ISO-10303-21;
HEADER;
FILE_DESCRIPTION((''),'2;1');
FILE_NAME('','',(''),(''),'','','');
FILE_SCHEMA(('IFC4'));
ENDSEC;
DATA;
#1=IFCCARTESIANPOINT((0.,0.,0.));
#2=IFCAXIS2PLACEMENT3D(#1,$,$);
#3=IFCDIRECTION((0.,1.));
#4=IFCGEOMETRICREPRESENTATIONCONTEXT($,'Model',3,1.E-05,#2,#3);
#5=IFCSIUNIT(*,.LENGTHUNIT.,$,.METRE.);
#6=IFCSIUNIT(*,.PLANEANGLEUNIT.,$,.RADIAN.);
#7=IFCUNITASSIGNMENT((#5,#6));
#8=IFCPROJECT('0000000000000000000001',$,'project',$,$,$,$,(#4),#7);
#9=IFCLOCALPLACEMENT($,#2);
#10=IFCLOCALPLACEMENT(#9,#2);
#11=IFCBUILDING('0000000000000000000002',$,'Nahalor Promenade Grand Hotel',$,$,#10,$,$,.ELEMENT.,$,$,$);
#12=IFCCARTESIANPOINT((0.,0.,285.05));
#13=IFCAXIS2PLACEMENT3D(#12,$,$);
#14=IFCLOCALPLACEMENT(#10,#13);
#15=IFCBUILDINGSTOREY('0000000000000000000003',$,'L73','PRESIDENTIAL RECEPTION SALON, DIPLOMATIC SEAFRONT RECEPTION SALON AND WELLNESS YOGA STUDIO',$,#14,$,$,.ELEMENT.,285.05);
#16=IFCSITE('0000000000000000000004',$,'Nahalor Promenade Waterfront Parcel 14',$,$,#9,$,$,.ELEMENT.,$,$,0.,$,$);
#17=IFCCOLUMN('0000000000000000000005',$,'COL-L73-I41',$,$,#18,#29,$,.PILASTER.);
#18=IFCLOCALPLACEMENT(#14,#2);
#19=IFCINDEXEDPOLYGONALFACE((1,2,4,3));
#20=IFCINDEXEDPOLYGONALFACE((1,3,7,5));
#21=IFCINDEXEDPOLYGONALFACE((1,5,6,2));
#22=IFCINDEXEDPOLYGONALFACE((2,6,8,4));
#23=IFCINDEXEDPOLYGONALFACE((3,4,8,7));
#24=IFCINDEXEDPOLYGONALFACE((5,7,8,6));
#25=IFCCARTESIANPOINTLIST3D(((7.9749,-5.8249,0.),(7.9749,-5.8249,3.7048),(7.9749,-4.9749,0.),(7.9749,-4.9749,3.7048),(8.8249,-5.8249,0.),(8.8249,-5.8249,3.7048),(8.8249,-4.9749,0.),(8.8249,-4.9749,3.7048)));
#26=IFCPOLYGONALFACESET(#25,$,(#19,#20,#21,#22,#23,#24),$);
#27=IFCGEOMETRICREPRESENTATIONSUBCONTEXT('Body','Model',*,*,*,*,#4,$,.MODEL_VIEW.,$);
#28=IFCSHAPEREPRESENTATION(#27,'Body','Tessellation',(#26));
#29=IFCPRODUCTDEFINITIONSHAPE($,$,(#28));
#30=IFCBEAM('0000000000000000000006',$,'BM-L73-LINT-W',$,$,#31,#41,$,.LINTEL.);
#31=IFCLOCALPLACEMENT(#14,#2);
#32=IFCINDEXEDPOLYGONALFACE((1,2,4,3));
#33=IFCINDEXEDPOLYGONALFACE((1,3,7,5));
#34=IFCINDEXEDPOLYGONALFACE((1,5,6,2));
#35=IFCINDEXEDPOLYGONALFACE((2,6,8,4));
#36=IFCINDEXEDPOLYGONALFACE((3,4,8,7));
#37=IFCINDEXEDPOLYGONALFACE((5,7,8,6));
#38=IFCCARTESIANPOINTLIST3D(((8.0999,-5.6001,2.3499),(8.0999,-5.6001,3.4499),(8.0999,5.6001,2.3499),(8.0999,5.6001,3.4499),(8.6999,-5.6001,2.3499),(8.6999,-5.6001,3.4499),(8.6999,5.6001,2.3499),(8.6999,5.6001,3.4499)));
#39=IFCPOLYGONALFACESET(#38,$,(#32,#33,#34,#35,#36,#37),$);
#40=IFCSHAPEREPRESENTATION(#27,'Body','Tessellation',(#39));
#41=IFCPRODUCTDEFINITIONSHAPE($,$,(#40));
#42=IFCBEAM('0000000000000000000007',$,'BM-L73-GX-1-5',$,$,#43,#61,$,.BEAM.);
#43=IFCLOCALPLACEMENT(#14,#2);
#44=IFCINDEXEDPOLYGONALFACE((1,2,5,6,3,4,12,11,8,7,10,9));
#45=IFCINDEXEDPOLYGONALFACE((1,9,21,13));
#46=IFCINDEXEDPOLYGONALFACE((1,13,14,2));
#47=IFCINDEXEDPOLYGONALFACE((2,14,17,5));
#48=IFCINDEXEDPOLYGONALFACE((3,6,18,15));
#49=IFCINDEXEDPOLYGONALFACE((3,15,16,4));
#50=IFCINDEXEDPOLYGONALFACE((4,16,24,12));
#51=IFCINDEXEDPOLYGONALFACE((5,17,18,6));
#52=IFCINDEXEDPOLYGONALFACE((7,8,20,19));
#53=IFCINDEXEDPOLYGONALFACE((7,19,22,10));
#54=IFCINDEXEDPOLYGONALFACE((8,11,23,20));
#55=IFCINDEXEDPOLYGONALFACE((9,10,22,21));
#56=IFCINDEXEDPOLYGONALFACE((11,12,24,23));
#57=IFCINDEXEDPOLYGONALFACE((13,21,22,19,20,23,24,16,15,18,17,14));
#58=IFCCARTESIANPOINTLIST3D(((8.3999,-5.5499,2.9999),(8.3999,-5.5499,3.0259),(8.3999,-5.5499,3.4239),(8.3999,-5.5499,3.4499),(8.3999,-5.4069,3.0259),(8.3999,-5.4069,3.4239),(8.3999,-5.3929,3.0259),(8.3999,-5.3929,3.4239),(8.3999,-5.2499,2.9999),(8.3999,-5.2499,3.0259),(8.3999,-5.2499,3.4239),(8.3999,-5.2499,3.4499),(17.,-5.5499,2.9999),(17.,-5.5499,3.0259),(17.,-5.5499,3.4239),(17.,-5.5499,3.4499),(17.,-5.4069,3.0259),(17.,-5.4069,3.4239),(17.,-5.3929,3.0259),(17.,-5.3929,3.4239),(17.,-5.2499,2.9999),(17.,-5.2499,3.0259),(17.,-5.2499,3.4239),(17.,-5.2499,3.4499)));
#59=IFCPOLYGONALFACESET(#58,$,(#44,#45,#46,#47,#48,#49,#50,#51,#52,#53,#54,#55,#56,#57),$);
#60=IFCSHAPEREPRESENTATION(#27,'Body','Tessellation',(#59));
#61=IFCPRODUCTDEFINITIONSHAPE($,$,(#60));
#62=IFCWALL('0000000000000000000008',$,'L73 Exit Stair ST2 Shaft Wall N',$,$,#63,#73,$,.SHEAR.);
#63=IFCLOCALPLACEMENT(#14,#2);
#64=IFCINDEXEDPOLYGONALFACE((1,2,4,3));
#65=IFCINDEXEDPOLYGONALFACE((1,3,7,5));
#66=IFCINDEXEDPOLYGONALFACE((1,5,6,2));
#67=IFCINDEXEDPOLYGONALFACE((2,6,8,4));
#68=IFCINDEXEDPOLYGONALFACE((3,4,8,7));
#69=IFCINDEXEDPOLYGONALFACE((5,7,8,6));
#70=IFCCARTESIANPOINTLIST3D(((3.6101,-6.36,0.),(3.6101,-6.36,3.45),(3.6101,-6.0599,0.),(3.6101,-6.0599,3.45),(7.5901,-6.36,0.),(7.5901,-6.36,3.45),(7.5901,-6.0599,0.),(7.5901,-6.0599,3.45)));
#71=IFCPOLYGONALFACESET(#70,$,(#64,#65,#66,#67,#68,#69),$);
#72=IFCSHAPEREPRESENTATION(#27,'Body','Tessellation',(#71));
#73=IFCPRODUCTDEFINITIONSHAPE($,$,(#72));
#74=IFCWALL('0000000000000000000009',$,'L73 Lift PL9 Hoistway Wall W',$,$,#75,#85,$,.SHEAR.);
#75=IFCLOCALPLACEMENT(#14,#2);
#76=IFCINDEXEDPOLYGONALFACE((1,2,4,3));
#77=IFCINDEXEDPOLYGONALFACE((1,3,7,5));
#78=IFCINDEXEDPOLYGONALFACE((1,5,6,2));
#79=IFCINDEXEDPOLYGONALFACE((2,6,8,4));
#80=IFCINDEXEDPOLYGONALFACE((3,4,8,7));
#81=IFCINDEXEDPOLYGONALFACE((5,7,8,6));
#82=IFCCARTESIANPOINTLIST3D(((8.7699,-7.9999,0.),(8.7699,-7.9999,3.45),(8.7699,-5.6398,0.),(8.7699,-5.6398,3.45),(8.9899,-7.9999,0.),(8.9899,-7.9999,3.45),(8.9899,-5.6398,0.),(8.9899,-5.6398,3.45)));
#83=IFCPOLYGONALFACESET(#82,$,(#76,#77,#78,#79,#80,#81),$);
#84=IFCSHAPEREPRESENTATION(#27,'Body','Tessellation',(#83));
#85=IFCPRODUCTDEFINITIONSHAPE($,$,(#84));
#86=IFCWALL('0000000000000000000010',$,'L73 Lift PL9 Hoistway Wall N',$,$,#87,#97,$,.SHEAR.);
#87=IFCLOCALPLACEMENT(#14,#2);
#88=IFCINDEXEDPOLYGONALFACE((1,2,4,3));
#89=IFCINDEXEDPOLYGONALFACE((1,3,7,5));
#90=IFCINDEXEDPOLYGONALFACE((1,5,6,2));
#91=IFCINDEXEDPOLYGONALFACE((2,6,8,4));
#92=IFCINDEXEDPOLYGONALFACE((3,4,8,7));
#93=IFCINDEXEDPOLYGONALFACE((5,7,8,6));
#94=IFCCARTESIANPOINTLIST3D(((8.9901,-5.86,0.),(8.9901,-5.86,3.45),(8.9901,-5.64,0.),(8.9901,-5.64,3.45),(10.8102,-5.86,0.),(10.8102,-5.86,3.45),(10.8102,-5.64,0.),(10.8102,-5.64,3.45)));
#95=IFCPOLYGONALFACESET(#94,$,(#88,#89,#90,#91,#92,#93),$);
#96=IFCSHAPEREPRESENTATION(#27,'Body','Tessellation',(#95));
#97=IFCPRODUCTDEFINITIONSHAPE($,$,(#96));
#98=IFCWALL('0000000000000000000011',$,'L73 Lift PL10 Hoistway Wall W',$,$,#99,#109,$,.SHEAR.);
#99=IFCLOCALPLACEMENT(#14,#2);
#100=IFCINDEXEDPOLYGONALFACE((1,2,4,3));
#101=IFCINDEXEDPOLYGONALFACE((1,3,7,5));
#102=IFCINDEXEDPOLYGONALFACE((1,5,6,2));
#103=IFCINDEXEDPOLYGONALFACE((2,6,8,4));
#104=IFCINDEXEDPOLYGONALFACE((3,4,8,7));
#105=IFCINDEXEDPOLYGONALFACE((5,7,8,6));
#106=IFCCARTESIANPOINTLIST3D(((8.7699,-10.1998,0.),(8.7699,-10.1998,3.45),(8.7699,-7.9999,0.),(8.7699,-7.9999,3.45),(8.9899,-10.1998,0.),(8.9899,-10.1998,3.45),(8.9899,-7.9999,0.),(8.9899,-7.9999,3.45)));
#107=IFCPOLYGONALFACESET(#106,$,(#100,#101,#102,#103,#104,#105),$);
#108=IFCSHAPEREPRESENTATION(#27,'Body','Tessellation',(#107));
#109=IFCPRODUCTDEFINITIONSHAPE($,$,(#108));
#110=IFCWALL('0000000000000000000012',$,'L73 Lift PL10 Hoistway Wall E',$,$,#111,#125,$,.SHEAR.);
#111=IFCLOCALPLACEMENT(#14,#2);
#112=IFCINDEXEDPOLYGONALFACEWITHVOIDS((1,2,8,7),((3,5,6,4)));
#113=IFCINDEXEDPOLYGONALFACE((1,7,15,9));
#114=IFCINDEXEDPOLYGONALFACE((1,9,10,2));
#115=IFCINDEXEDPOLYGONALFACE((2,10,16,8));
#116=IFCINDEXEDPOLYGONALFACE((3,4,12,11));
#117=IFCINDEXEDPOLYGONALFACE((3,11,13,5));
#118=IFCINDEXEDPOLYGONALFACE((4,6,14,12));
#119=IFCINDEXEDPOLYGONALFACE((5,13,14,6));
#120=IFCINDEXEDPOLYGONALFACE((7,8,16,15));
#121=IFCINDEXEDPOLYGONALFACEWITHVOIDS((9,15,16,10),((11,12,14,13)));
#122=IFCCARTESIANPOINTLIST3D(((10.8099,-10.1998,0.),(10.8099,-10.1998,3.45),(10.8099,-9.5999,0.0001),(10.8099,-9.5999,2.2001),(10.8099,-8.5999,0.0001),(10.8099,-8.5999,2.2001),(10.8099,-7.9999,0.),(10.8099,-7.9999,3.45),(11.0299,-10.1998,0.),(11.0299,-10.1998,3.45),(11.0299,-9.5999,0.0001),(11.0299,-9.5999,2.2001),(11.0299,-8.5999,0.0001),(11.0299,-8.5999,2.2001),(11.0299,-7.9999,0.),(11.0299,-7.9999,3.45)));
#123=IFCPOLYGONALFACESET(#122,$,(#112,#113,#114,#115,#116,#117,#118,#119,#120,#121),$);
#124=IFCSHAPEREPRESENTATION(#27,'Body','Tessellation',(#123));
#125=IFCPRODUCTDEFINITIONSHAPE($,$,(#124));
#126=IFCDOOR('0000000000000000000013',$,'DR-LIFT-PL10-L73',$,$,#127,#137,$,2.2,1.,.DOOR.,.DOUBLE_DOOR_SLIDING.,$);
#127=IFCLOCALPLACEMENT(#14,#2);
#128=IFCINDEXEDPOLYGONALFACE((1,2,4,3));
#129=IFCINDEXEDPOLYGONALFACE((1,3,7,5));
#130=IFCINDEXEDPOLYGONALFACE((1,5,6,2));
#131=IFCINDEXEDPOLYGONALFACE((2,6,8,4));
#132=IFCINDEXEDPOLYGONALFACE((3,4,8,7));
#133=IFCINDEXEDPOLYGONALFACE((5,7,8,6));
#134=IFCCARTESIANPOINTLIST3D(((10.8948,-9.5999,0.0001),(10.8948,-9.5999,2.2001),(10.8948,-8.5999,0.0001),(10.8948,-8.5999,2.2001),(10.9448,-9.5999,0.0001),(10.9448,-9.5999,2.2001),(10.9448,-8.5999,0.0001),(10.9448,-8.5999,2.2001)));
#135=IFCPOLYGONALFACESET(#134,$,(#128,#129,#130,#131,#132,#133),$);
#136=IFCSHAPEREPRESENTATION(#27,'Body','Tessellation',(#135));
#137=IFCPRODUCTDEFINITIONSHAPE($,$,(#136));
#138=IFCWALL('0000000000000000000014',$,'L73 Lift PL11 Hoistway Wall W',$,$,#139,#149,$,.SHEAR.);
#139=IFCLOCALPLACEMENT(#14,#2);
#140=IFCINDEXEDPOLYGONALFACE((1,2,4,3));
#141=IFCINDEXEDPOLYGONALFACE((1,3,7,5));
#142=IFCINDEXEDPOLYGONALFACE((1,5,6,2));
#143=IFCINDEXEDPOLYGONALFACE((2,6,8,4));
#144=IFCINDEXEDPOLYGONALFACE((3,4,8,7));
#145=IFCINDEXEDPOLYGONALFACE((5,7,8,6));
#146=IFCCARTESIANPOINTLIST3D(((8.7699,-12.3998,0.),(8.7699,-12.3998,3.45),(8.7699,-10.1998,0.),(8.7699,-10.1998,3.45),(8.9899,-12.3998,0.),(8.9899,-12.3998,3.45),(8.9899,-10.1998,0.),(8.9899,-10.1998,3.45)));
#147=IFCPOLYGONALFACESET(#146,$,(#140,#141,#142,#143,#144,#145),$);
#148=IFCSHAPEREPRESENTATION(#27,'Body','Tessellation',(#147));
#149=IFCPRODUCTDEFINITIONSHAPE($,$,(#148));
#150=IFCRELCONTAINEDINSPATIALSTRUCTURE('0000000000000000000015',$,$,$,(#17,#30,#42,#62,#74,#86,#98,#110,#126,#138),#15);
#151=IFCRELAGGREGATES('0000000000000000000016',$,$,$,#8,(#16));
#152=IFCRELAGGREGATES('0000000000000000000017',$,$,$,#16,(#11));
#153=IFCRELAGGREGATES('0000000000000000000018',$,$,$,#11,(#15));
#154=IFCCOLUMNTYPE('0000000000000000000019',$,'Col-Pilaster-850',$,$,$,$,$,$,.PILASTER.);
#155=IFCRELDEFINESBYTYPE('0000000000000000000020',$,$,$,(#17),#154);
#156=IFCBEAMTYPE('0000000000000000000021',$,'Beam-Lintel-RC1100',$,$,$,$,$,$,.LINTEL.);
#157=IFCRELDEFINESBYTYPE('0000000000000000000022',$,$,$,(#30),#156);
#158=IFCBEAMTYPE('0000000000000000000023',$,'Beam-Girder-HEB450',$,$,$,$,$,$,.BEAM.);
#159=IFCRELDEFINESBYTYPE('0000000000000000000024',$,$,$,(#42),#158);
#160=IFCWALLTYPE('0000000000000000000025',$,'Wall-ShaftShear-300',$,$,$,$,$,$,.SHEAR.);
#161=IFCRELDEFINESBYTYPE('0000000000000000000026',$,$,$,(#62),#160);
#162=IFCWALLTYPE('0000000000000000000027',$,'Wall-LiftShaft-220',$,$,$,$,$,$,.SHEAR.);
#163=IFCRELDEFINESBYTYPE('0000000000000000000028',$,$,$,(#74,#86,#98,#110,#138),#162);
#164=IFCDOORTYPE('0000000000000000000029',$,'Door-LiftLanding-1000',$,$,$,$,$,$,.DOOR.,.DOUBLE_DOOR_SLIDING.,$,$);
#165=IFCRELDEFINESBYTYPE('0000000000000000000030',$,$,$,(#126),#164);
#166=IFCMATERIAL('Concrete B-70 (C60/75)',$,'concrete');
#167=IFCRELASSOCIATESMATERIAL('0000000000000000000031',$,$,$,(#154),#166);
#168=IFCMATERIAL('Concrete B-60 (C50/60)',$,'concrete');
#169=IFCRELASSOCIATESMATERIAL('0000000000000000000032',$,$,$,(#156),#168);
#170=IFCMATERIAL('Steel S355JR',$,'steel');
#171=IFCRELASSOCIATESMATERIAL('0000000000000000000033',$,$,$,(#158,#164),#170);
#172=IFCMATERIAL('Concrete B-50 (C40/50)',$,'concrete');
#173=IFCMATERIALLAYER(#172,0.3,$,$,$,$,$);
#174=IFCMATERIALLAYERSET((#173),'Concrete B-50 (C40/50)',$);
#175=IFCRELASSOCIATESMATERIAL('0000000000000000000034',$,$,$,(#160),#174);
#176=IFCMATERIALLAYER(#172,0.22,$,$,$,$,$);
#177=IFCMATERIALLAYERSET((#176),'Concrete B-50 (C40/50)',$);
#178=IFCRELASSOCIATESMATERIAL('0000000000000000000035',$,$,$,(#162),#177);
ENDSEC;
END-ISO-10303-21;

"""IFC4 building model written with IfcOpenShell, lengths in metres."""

from ifc_helpers import new_model, si_unit, direction, frame, frame_2d, origin, origin_2d, place, context, subcontext, project, spatial, rectangle, i_section, extrude, source, transform, mapped, material, layer, layer_set, material_profile, profile_set, type_object, element, fill, save


model = new_model("IFC4")

# Units and contexts
model_context = context("Model", 3, precision=1e-05, world=origin(), true_north=direction((0.0, 1.0)))
body_context = subcontext(model_context, "Body", "Model", "MODEL_VIEW")
ifc_project = project(units=[si_unit("LENGTHUNIT", "METRE"), si_unit("PLANEANGLEUNIT", "RADIAN")], contexts=[model_context])

# Site, building, storey
site_placement = place(None, origin())
site = spatial("IfcSite", under=ifc_project, at=site_placement, Name="Nahalor Promenade Waterfront Parcel 14", CompositionType="ELEMENT", RefElevation=0.0)
building_placement = place(site_placement, origin())
building = spatial("IfcBuilding", under=site, at=building_placement, Name="Nahalor Promenade Grand Hotel", CompositionType="ELEMENT")
storey_placement = place(building_placement, frame((0.0, 0.0, 285.05)))
storey = spatial("IfcBuildingStorey", under=building, at=storey_placement, Name="L73", Description="PRESIDENTIAL RECEPTION SALON, DIPLOMATIC SEAFRONT RECEPTION SALON AND WELLNESS YOGA STUDIO", CompositionType="ELEMENT", Elevation=285.05)

# Column
ifc_material_1 = material(Name="Concrete B-70 (C60/75)", Category="concrete")
ifc_material_profile_1 = material_profile(ifc_material_1, rectangle(XDim=0.85, YDim=0.85, at=origin_2d()), Name="RC 850x850")
ifc_profile_set_1 = profile_set([ifc_material_profile_1], Name="Concrete B-70 (C60/75)")
column_type = type_object("IfcColumnType", Name="Col-Pilaster-850", PredefinedType="PILASTER", material=ifc_profile_set_1)
shared_shape_1 = source(origin(), body_context, "Body", "SweptSolid", [
    extrude(rectangle(XDim=0.85, YDim=0.85, at=origin_2d()), origin(), (0.0, 0.0, 1.0), 3.7048),
])
column_placement = place(storey_placement, frame((8.3999, -5.3999, 0.0), z_axis=(0.0, 0.0, 1.0), x_axis=(1.0, 0.0, 0.0)))
element("IfcColumn", 1, at=column_placement, inside=storey, type_object=column_type, Name="COL-L73-I41", PredefinedType="PILASTER", context=body_context, shape_type="MappedRepresentation", body=[
    mapped(shared_shape_1, transform((0.0, 0.0, 0.0), scale=1.0)),
])

# Beams
ifc_material_2 = material(Name="Concrete B-60 (C50/60)", Category="concrete")
ifc_material_profile_2 = material_profile(ifc_material_2, rectangle(XDim=0.6, YDim=1.1, at=origin_2d()), Name="RC 600x1100")
ifc_profile_set_2 = profile_set([ifc_material_profile_2], Name="Concrete B-60 (C50/60)")
beam_type_1 = type_object("IfcBeamType", Name="Beam-Lintel-RC1100", PredefinedType="LINTEL", material=ifc_profile_set_2)
shared_shape_2 = source(origin(), body_context, "Body", "SweptSolid", [
    extrude(rectangle(XDim=0.6, YDim=1.1, at=origin_2d()), origin(), (0.0, 0.0, 1.0), 11.2002),
])
beam_1_placement = place(storey_placement, frame((8.3999, -5.6001, 2.8999), z_axis=(0.0, 1.0, 0.0), x_axis=(-1.0, 0.0, 0.0)))
element("IfcBeam", 2, at=beam_1_placement, inside=storey, type_object=beam_type_1, Name="BM-L73-LINT-W", PredefinedType="LINTEL", context=body_context, shape_type="MappedRepresentation", body=[
    mapped(shared_shape_2, transform((0.0, 0.0, 0.0), scale=1.0)),
])
ifc_material_3 = material(Name="Steel S355JR", Category="steel")
ifc_material_profile_3 = material_profile(ifc_material_3, i_section(OverallWidth=0.3, OverallDepth=0.45, WebThickness=0.014, FlangeThickness=0.026, at=origin_2d()), Name="HEB 450")
ifc_profile_set_3 = profile_set([ifc_material_profile_3], Name="Steel S355JR")
beam_type_2 = type_object("IfcBeamType", Name="Beam-Girder-HEB450", PredefinedType="BEAM", material=ifc_profile_set_3)
shared_shape_3 = source(origin(), body_context, "Body", "SweptSolid", [
    extrude(i_section(OverallWidth=0.3, OverallDepth=0.45, WebThickness=0.014, FlangeThickness=0.026, at=origin_2d()), origin(), (0.0, 0.0, 1.0), 8.6001),
])
beam_2_placement = place(storey_placement, frame((8.3999, -5.3999, 3.2249), z_axis=(1.0, 0.0, 0.0), x_axis=(0.0, 1.0, 0.0)))
element("IfcBeam", 3, at=beam_2_placement, inside=storey, type_object=beam_type_2, Name="BM-L73-GX-1-5", PredefinedType="BEAM", context=body_context, shape_type="MappedRepresentation", body=[
    mapped(shared_shape_3, transform((0.0, 0.0, 0.0), scale=1.0)),
])

# Walls
ifc_material_4 = material(Name="Concrete B-50 (C40/50)", Category="concrete")
ifc_layer_1 = layer(ifc_material_4, 0.3)
ifc_layer_set_1 = layer_set([ifc_layer_1], Name="Concrete B-50 (C40/50)")
wall_type_1 = type_object("IfcWallType", Name="Wall-ShaftShear-300", PredefinedType="SHEAR", material=ifc_layer_set_1)
shared_shape_4 = source(origin(), body_context, "Body", "SweptSolid", [
    extrude(rectangle(XDim=3.98, YDim=0.3, at=frame_2d((1.99, 0.0))), origin(), (0.0, 0.0, 1.0), 3.45),
])
wall_1_placement = place(storey_placement, frame((3.6101, -6.21, 0.0), z_axis=(0.0, 0.0, 1.0), x_axis=(1.0, 0.0, 0.0)))
element("IfcWall", 4, at=wall_1_placement, inside=storey, type_object=wall_type_1, Name="L73 Exit Stair ST2 Shaft Wall N", PredefinedType="SHEAR", context=body_context, shape_type="MappedRepresentation", body=[
    mapped(shared_shape_4, transform((0.0, 0.0, 0.0), scale=1.0)),
])
ifc_layer_2 = layer(ifc_material_4, 0.22)
ifc_layer_set_2 = layer_set([ifc_layer_2], Name="Concrete B-50 (C40/50)")
wall_type_2 = type_object("IfcWallType", Name="Wall-LiftShaft-220", PredefinedType="SHEAR", material=ifc_layer_set_2)
shared_shape_5 = source(origin(), body_context, "Body", "SweptSolid", [
    extrude(rectangle(XDim=2.3601, YDim=0.22, at=frame_2d((1.1802, 0.0))), origin(), (0.0, 0.0, 1.0), 3.45),
])
wall_2_placement = place(storey_placement, frame((8.8799, -8.0, 0.0), z_axis=(0.0, 0.0, 1.0), x_axis=(0.0, 1.0, 0.0)))
element("IfcWall", 5, at=wall_2_placement, inside=storey, type_object=wall_type_2, Name="L73 Lift PL9 Hoistway Wall W", PredefinedType="SHEAR", context=body_context, shape_type="MappedRepresentation", body=[
    mapped(shared_shape_5, transform((0.0, 0.0, 0.0), scale=1.0)),
])
shared_shape_6 = source(origin(), body_context, "Body", "SweptSolid", [
    extrude(rectangle(XDim=1.8201, YDim=0.22, at=frame_2d((0.9102, 0.0))), origin(), (0.0, 0.0, 1.0), 3.45),
])
wall_3_placement = place(storey_placement, frame((8.99, -5.75, 0.0), z_axis=(0.0, 0.0, 1.0), x_axis=(1.0, 0.0, 0.0)))
element("IfcWall", 6, at=wall_3_placement, inside=storey, type_object=wall_type_2, Name="L73 Lift PL9 Hoistway Wall N", PredefinedType="SHEAR", context=body_context, shape_type="MappedRepresentation", body=[
    mapped(shared_shape_6, transform((0.0, 0.0, 0.0), scale=1.0)),
])
shared_shape_7 = source(origin(), body_context, "Body", "SweptSolid", [
    extrude(rectangle(XDim=2.2, YDim=0.22, at=frame_2d((1.1001, 0.0))), origin(), (0.0, 0.0, 1.0), 3.45),
])
wall_4_placement = place(storey_placement, frame((8.8799, -10.2, 0.0), z_axis=(0.0, 0.0, 1.0), x_axis=(0.0, 1.0, 0.0)))
element("IfcWall", 7, at=wall_4_placement, inside=storey, type_object=wall_type_2, Name="L73 Lift PL10 Hoistway Wall W", PredefinedType="SHEAR", context=body_context, shape_type="MappedRepresentation", body=[
    mapped(shared_shape_7, transform((0.0, 0.0, 0.0), scale=1.0)),
])

# Wall, opening, door
wall_5_placement = place(storey_placement, frame((10.9199, -10.2, 0.0), z_axis=(0.0, 0.0, 1.0), x_axis=(0.0, 1.0, 0.0)))
wall_5 = element("IfcWall", 8, at=wall_5_placement, inside=storey, type_object=wall_type_2, Name="L73 Lift PL10 Hoistway Wall E", PredefinedType="SHEAR", context=body_context, shape_type="MappedRepresentation", body=[
    mapped(shared_shape_7, transform((0.0, 0.0, 0.0), scale=1.0)),
])
opening_1_placement = place(wall_5_placement, frame((0.6001, 0.0, 0.0)))
opening_1 = element("IfcOpeningElement", 9, at=opening_1_placement, cuts=wall_5, PredefinedType="OPENING", context=body_context, shape_type="SweptSolid", body=[
    extrude(rectangle(XDim=1.0, YDim=2.2, at=frame_2d((0.5, 1.1001))), frame((0.0, 0.1199, 0.0), z_axis=(0.0, -1.0, 0.0), x_axis=(1.0, 0.0, 0.0)), (0.0, 0.0, 1.0), 0.24),
])
door_type = type_object("IfcDoorType", Name="Door-LiftLanding-1000", OperationType="DOUBLE_DOOR_SLIDING", PredefinedType="DOOR", material=ifc_material_3)
shared_shape_8 = source(origin(), body_context, "Body", "SweptSolid", [
    extrude(rectangle(XDim=1.0, YDim=2.2, at=frame_2d((0.5, 1.1001))), frame((0.0, 0.0249, 0.0), z_axis=(0.0, -1.0, 0.0), x_axis=(1.0, 0.0, 0.0)), (0.0, 0.0, 1.0), 0.05),
])
door_1_placement = place(opening_1_placement, frame((1.0, 0.0, 0.0), z_axis=(0.0, 0.0, 1.0), x_axis=(-1.0, 0.0, 0.0)))
door_1 = element("IfcDoor", 10, at=door_1_placement, inside=storey, type_object=door_type, Name="DR-LIFT-PL10-L73", OperationType="DOUBLE_DOOR_SLIDING", OverallHeight=2.2, OverallWidth=1.0, PredefinedType="DOOR", context=body_context, shape_type="MappedRepresentation", body=[
    mapped(shared_shape_8, transform((0.0, 0.0, 0.0), scale=1.0)),
])
fill(opening_1, door_1)

# Wall
wall_6_placement = place(storey_placement, frame((8.8799, -12.3999, 0.0), z_axis=(0.0, 0.0, 1.0), x_axis=(0.0, 1.0, 0.0)))
element("IfcWall", 11, at=wall_6_placement, inside=storey, type_object=wall_type_2, Name="L73 Lift PL11 Hoistway Wall W", PredefinedType="SHEAR", context=body_context, shape_type="MappedRepresentation", body=[
    mapped(shared_shape_7, transform((0.0, 0.0, 0.0), scale=1.0)),
])

save(model, "model.ifc")
